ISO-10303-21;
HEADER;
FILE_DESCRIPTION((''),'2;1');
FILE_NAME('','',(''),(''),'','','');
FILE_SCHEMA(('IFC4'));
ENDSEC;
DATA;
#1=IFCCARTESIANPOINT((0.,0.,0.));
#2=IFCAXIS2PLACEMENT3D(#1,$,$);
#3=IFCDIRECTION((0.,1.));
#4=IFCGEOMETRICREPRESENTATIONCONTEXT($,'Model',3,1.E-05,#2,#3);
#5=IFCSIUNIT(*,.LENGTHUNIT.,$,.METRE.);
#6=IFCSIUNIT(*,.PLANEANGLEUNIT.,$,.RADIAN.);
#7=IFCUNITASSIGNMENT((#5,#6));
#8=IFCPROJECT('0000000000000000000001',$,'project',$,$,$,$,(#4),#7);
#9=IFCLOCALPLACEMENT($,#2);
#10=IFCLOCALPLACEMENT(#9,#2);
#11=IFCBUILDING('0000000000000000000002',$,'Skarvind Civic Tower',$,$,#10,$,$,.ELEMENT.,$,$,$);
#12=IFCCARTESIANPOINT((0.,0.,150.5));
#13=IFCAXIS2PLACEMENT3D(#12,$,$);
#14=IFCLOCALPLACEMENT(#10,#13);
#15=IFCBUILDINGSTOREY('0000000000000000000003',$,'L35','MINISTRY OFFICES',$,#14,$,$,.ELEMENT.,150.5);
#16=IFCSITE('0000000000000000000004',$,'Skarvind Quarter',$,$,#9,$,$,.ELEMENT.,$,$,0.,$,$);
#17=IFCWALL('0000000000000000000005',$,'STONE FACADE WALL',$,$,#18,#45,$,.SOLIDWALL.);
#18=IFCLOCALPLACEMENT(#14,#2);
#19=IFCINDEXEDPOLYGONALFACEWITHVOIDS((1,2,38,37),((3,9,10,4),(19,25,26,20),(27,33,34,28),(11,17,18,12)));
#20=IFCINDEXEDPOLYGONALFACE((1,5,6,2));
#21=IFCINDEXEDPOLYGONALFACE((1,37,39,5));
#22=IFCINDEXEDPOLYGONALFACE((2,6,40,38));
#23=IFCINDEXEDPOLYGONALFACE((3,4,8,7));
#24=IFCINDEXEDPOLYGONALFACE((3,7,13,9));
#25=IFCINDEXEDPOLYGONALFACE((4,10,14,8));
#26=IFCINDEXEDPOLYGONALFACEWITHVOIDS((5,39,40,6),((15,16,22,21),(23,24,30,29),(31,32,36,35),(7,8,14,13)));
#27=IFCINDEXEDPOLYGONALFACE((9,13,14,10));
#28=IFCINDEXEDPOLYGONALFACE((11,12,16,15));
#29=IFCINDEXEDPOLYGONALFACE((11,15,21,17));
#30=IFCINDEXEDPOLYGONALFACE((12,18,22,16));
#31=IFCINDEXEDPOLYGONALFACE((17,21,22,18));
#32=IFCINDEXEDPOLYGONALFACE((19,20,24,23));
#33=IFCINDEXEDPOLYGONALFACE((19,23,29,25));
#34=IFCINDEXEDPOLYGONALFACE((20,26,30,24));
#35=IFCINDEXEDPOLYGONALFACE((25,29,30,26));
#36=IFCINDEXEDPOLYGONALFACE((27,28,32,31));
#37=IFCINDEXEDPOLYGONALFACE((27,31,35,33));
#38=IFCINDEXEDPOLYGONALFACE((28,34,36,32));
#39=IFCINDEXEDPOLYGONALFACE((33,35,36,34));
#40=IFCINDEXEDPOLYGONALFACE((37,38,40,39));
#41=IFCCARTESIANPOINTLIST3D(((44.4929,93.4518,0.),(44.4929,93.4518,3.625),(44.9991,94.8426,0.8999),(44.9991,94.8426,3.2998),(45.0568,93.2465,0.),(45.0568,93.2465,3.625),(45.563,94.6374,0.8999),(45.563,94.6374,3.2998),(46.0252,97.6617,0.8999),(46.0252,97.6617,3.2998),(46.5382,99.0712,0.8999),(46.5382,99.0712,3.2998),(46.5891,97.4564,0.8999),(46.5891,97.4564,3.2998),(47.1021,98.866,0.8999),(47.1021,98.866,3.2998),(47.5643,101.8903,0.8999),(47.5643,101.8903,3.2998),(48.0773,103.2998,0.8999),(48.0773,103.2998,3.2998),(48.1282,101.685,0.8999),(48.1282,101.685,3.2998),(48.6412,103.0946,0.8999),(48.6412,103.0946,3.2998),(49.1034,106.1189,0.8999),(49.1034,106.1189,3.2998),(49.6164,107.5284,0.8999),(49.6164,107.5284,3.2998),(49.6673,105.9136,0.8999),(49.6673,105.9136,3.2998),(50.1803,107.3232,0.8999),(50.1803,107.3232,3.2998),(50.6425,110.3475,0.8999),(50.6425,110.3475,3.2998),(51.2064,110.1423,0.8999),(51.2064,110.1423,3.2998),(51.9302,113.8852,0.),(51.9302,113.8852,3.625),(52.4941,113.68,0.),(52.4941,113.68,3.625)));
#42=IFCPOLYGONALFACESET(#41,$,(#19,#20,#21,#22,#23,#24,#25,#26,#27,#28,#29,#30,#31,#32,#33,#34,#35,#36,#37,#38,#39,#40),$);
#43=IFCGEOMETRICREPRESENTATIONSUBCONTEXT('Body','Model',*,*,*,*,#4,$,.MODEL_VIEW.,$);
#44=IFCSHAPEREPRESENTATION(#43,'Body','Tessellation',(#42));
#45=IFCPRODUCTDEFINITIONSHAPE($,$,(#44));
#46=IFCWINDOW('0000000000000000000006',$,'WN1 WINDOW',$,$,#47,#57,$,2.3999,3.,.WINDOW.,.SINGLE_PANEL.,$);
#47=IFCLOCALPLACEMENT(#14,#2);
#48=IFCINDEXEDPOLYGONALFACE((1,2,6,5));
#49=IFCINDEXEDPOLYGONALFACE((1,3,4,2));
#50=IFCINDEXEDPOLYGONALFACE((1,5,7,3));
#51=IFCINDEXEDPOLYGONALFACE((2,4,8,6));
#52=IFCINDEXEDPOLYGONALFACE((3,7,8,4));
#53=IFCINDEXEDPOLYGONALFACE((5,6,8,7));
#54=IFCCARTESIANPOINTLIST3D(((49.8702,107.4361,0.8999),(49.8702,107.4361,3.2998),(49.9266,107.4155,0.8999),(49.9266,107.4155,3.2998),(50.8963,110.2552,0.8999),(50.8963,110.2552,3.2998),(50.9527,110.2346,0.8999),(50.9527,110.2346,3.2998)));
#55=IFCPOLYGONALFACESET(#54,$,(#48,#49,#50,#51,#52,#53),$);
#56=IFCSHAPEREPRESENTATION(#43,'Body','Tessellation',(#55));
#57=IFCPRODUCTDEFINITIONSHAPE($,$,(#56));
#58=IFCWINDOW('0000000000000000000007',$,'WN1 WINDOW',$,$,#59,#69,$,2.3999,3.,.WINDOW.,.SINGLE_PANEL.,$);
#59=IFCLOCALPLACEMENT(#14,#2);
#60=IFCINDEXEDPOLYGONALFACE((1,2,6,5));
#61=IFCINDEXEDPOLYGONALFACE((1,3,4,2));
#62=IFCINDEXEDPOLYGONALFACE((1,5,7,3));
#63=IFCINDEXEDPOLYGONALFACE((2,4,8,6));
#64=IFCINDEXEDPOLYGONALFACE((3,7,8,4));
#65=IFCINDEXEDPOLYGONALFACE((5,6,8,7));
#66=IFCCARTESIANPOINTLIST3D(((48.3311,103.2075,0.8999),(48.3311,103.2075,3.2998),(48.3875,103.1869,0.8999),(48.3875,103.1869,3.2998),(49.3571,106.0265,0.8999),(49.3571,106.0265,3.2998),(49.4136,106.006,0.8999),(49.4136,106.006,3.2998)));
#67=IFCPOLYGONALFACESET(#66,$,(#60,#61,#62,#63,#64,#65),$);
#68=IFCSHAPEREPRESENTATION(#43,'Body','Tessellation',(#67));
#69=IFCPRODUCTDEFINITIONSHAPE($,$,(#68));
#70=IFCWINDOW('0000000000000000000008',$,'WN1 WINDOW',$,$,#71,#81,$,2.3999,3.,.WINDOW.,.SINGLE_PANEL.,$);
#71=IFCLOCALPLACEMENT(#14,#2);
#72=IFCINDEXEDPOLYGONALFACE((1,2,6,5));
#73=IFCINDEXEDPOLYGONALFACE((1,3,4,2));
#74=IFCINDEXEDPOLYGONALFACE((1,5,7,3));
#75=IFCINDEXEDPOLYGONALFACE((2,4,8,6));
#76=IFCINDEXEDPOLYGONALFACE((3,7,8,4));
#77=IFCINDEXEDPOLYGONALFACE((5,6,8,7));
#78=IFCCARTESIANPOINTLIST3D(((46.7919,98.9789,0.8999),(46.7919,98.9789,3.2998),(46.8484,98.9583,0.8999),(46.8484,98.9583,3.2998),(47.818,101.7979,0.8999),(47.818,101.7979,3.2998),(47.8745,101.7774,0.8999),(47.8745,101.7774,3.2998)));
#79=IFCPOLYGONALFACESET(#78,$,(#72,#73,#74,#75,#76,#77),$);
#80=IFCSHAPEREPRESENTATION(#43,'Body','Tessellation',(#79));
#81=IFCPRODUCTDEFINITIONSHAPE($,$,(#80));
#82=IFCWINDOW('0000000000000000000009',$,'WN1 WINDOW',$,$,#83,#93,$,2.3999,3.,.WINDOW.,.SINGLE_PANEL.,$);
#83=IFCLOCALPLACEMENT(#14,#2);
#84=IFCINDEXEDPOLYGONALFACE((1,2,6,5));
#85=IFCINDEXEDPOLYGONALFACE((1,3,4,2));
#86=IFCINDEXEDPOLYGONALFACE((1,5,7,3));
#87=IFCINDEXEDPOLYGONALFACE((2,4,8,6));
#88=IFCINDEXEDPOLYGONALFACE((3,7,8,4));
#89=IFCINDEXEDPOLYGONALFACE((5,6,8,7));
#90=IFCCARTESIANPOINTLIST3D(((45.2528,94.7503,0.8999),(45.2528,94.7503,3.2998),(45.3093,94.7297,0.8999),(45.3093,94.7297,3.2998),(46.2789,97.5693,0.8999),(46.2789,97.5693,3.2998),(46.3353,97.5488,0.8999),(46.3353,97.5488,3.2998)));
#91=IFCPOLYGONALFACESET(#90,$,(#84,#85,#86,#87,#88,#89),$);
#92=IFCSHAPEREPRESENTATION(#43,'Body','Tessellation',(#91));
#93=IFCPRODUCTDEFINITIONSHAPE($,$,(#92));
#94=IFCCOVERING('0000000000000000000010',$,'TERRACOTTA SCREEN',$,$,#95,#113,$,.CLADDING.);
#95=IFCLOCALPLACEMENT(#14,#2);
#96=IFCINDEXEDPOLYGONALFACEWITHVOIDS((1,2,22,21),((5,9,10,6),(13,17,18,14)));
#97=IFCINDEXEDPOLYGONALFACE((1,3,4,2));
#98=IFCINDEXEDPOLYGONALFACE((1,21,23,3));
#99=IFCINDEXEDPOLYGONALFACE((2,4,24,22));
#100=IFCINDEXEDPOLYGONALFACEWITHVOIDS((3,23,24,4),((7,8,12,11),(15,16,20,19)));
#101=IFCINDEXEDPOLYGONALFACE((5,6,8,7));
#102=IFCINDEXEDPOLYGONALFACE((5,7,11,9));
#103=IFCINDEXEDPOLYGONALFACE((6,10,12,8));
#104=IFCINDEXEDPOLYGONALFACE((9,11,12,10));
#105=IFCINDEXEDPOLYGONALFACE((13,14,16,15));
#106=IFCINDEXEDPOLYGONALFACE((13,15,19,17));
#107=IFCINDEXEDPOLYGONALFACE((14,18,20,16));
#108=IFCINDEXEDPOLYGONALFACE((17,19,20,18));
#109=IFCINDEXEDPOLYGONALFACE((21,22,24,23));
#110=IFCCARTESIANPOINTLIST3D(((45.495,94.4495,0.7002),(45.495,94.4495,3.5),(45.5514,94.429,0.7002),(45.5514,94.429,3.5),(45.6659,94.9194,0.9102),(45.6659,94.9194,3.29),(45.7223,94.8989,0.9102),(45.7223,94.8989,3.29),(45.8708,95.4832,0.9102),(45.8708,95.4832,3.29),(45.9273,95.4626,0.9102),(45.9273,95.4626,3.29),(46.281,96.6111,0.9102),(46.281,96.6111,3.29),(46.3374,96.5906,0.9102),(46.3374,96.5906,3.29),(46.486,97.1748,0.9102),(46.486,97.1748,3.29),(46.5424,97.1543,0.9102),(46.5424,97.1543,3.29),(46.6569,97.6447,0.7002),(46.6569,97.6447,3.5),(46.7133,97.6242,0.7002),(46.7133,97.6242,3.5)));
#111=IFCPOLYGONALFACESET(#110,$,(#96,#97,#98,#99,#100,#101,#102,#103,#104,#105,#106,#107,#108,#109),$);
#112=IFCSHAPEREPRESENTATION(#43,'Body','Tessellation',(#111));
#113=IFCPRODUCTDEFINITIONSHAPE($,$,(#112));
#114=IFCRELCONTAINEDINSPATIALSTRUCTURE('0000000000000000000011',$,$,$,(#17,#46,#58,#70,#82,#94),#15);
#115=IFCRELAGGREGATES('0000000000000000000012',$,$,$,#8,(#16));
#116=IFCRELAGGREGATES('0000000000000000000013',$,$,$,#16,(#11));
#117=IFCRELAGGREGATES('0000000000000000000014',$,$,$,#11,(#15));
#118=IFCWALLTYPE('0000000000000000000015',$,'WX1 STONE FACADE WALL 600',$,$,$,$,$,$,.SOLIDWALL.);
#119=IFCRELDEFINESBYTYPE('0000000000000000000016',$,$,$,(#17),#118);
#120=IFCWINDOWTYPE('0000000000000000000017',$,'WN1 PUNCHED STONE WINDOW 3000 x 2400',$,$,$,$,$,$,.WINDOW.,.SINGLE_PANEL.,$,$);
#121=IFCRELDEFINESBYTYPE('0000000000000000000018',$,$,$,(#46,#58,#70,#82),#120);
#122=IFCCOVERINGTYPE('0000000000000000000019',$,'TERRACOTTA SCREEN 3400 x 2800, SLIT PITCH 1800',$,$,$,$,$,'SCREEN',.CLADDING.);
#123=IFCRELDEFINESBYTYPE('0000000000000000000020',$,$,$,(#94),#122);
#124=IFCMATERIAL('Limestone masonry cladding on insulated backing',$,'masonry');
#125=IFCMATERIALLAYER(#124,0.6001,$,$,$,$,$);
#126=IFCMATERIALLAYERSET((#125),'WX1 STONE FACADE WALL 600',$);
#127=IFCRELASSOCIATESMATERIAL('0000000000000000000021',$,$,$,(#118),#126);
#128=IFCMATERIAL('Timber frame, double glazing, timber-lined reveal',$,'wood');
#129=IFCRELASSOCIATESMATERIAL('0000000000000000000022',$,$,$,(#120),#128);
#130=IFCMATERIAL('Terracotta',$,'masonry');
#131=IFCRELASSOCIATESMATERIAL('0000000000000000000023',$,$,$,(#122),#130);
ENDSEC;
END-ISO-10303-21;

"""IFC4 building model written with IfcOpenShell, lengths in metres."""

from ifc_helpers import new_model, si_unit, direction, frame, frame_2d, origin, place, context, subcontext, project, spatial, polyline, rectangle, outline, extrude, material, layer, layer_set, material_profile, profile_set, type_object, element, fill, save


model = new_model("IFC4")

# Units and contexts
model_context = context("Model", 3, precision=1e-05, world=origin(), true_north=direction((0.0, 1.0)))
body_context = subcontext(model_context, "Body", "Model", "MODEL_VIEW")
ifc_project = project(units=[si_unit("LENGTHUNIT", "METRE"), si_unit("PLANEANGLEUNIT", "RADIAN")], contexts=[model_context])

# Site, building, storey
site_placement = place(None, origin())
site = spatial("IfcSite", under=ifc_project, at=site_placement, Name="Skarvind Quarter", CompositionType="ELEMENT", RefElevation=0.0)
building_placement = place(site_placement, origin())
building = spatial("IfcBuilding", under=site, at=building_placement, Name="Skarvind Civic Tower", CompositionType="ELEMENT")
storey_placement = place(building_placement, frame((0.0, 0.0, 150.5)))
storey = spatial("IfcBuildingStorey", under=building, at=storey_placement, Name="L35", Description="MINISTRY OFFICES", CompositionType="ELEMENT", Elevation=150.5)

# Wall, openings, windows
ifc_material_1 = material(Name="Limestone masonry cladding on insulated backing", Category="masonry")
ifc_layer_1 = layer(ifc_material_1, 0.6001)
ifc_layer_set_1 = layer_set([ifc_layer_1], Name="WX1 STONE FACADE WALL 600")
wall_type_1 = type_object("IfcWallType", Name="WX1 STONE FACADE WALL 600", PredefinedType="SOLIDWALL", material=ifc_layer_set_1)
wall_1_placement = place(storey_placement, frame((52.2122, 113.7827, 0.0), z_axis=(0.0, 0.0, 1.0), x_axis=(-0.342025, -0.939691, 0.0)))
wall_1 = element("IfcWall", 1, at=wall_1_placement, inside=storey, type_object=wall_type_1, Name="STONE FACADE WALL", PredefinedType="SOLIDWALL", context=body_context, shape_type="SweptSolid", body=[
    extrude(rectangle(XDim=21.7449, YDim=0.6001, at=frame_2d((10.8726, 0.0))), origin(), (0.0, 0.0, 1.0), 3.625),
])
opening_1_placement = place(wall_1_placement, frame((3.7649, 0.0, 0.8999)))
opening_1 = element("IfcOpeningElement", 2, at=opening_1_placement, cuts=wall_1, PredefinedType="OPENING", context=body_context, shape_type="SweptSolid", body=[
    extrude(rectangle(XDim=3.0, YDim=2.3999, at=frame_2d((1.5, 1.2))), frame((0.0, 0.3101, 0.0), z_axis=(0.0, -1.0, 0.0), x_axis=(1.0, 0.0, 0.0)), (0.0, 0.0, 1.0), 0.6201),
])
opening_2_placement = place(wall_1_placement, frame((8.2649, 0.0, 0.8999)))
opening_2 = element("IfcOpeningElement", 3, at=opening_2_placement, cuts=wall_1, PredefinedType="OPENING", context=body_context, shape_type="SweptSolid", body=[
    extrude(rectangle(XDim=3.0, YDim=2.3999, at=frame_2d((1.5, 1.2))), frame((0.0, 0.3101, 0.0), z_axis=(0.0, -1.0, 0.0), x_axis=(1.0, 0.0, 0.0)), (0.0, 0.0, 1.0), 0.6201),
])
opening_3_placement = place(wall_1_placement, frame((12.7649, 0.0, 0.8999)))
opening_3 = element("IfcOpeningElement", 4, at=opening_3_placement, cuts=wall_1, PredefinedType="OPENING", context=body_context, shape_type="SweptSolid", body=[
    extrude(rectangle(XDim=3.0, YDim=2.3999, at=frame_2d((1.5, 1.2))), frame((0.0, 0.3101, 0.0), z_axis=(0.0, -1.0, 0.0), x_axis=(1.0, 0.0, 0.0)), (0.0, 0.0, 1.0), 0.6201),
])
opening_4_placement = place(wall_1_placement, frame((17.2649, 0.0, 0.8999)))
opening_4 = element("IfcOpeningElement", 5, at=opening_4_placement, cuts=wall_1, PredefinedType="OPENING", context=body_context, shape_type="SweptSolid", body=[
    extrude(rectangle(XDim=3.0, YDim=2.3999, at=frame_2d((1.5, 1.2))), frame((0.0, 0.3101, 0.0), z_axis=(0.0, -1.0, 0.0), x_axis=(1.0, 0.0, 0.0)), (0.0, 0.0, 1.0), 0.6201),
])
ifc_material_2 = material(Name="Timber frame, double glazing, timber-lined reveal", Category="wood")
window_type = type_object("IfcWindowType", Name="WN1 PUNCHED STONE WINDOW 3000 x 2400", PartitioningType="SINGLE_PANEL", PredefinedType="WINDOW", material=ifc_material_2)
window_1_placement = place(opening_1_placement, origin())
window_1 = element("IfcWindow", 6, at=window_1_placement, inside=storey, type_object=window_type, Name="WN1 WINDOW", OverallHeight=2.3999, OverallWidth=3.0, PartitioningType="SINGLE_PANEL", PredefinedType="WINDOW", context=body_context, shape_type="SweptSolid", body=[
    extrude(rectangle(XDim=3.0, YDim=2.3999, at=frame_2d((1.5, 1.2))), frame((0.0, 0.03, 0.0), z_axis=(0.0, -1.0, 0.0), x_axis=(1.0, 0.0, 0.0)), (0.0, 0.0, 1.0), 0.0601),
])
fill(opening_1, window_1)
window_2_placement = place(opening_2_placement, origin())
window_2 = element("IfcWindow", 7, at=window_2_placement, inside=storey, type_object=window_type, Name="WN1 WINDOW", OverallHeight=2.3999, OverallWidth=3.0, PartitioningType="SINGLE_PANEL", PredefinedType="WINDOW", context=body_context, shape_type="SweptSolid", body=[
    extrude(rectangle(XDim=3.0, YDim=2.3999, at=frame_2d((1.5, 1.2))), frame((0.0, 0.03, 0.0), z_axis=(0.0, -1.0, 0.0), x_axis=(1.0, 0.0, 0.0)), (0.0, 0.0, 1.0), 0.0601),
])
fill(opening_2, window_2)
window_3_placement = place(opening_3_placement, origin())
window_3 = element("IfcWindow", 8, at=window_3_placement, inside=storey, type_object=window_type, Name="WN1 WINDOW", OverallHeight=2.3999, OverallWidth=3.0, PartitioningType="SINGLE_PANEL", PredefinedType="WINDOW", context=body_context, shape_type="SweptSolid", body=[
    extrude(rectangle(XDim=3.0, YDim=2.3999, at=frame_2d((1.5, 1.2))), frame((0.0, 0.03, 0.0), z_axis=(0.0, -1.0, 0.0), x_axis=(1.0, 0.0, 0.0)), (0.0, 0.0, 1.0), 0.0601),
])
fill(opening_3, window_3)
window_4_placement = place(opening_4_placement, origin())
window_4 = element("IfcWindow", 9, at=window_4_placement, inside=storey, type_object=window_type, Name="WN1 WINDOW", OverallHeight=2.3999, OverallWidth=3.0, PartitioningType="SINGLE_PANEL", PredefinedType="WINDOW", context=body_context, shape_type="SweptSolid", body=[
    extrude(rectangle(XDim=3.0, YDim=2.3999, at=frame_2d((1.5, 1.2))), frame((0.0, 0.03, 0.0), z_axis=(0.0, -1.0, 0.0), x_axis=(1.0, 0.0, 0.0)), (0.0, 0.0, 1.0), 0.0601),
])
fill(opening_4, window_4)

# Covering
ifc_material_3 = material(Name="Terracotta", Category="masonry")
ifc_material_profile_1 = material_profile(ifc_material_3, outline(polyline([(-1.7, -1.3999), (1.7, -1.3999), (1.7, 1.3999), (-1.7, 1.3999), (-1.7, -1.3999)]), holes=[polyline([(-1.2, -1.1899), (-0.6001, -1.1899), (-0.6001, 1.1899), (-1.2, 1.1899), (-1.2, -1.1899)]), polyline([(0.6001, -1.1899), (1.2, -1.1899), (1.2, 1.1899), (0.6001, 1.1899), (0.6001, -1.1899)])]), Name="TERRACOTTA SCREEN 3400 x 2800, SLIT PITCH 1800")
ifc_profile_set_1 = profile_set([ifc_material_profile_1], Name="Terracotta")
covering_type = type_object("IfcCoveringType", Name="TERRACOTTA SCREEN 3400 x 2800, SLIT PITCH 1800", ElementType="SCREEN", PredefinedType="CLADDING", material=ifc_profile_set_1)
covering_placement = place(storey_placement, frame((46.0759, 96.0471, 2.1001), z_axis=(0.939793, -0.341743, 0.0), x_axis=(0.341743, 0.939793, 0.0)))
element("IfcCovering", 10, at=covering_placement, inside=storey, type_object=covering_type, Name="TERRACOTTA SCREEN", PredefinedType="CLADDING", context=body_context, shape_type="SweptSolid", body=[
    extrude(outline(polyline([(-1.7, -1.3999), (1.7, -1.3999), (1.7, 1.3999), (-1.7, 1.3999), (-1.7, -1.3999)]), holes=[polyline([(-1.2, -1.1899), (-0.6001, -1.1899), (-0.6001, 1.1899), (-1.2, 1.1899), (-1.2, -1.1899)]), polyline([(0.6001, -1.1899), (1.2, -1.1899), (1.2, 1.1899), (0.6001, 1.1899), (0.6001, -1.1899)])]), origin(), (0.0, 0.0, 1.0), 0.0601),
])

save(model, "model.ifc")
